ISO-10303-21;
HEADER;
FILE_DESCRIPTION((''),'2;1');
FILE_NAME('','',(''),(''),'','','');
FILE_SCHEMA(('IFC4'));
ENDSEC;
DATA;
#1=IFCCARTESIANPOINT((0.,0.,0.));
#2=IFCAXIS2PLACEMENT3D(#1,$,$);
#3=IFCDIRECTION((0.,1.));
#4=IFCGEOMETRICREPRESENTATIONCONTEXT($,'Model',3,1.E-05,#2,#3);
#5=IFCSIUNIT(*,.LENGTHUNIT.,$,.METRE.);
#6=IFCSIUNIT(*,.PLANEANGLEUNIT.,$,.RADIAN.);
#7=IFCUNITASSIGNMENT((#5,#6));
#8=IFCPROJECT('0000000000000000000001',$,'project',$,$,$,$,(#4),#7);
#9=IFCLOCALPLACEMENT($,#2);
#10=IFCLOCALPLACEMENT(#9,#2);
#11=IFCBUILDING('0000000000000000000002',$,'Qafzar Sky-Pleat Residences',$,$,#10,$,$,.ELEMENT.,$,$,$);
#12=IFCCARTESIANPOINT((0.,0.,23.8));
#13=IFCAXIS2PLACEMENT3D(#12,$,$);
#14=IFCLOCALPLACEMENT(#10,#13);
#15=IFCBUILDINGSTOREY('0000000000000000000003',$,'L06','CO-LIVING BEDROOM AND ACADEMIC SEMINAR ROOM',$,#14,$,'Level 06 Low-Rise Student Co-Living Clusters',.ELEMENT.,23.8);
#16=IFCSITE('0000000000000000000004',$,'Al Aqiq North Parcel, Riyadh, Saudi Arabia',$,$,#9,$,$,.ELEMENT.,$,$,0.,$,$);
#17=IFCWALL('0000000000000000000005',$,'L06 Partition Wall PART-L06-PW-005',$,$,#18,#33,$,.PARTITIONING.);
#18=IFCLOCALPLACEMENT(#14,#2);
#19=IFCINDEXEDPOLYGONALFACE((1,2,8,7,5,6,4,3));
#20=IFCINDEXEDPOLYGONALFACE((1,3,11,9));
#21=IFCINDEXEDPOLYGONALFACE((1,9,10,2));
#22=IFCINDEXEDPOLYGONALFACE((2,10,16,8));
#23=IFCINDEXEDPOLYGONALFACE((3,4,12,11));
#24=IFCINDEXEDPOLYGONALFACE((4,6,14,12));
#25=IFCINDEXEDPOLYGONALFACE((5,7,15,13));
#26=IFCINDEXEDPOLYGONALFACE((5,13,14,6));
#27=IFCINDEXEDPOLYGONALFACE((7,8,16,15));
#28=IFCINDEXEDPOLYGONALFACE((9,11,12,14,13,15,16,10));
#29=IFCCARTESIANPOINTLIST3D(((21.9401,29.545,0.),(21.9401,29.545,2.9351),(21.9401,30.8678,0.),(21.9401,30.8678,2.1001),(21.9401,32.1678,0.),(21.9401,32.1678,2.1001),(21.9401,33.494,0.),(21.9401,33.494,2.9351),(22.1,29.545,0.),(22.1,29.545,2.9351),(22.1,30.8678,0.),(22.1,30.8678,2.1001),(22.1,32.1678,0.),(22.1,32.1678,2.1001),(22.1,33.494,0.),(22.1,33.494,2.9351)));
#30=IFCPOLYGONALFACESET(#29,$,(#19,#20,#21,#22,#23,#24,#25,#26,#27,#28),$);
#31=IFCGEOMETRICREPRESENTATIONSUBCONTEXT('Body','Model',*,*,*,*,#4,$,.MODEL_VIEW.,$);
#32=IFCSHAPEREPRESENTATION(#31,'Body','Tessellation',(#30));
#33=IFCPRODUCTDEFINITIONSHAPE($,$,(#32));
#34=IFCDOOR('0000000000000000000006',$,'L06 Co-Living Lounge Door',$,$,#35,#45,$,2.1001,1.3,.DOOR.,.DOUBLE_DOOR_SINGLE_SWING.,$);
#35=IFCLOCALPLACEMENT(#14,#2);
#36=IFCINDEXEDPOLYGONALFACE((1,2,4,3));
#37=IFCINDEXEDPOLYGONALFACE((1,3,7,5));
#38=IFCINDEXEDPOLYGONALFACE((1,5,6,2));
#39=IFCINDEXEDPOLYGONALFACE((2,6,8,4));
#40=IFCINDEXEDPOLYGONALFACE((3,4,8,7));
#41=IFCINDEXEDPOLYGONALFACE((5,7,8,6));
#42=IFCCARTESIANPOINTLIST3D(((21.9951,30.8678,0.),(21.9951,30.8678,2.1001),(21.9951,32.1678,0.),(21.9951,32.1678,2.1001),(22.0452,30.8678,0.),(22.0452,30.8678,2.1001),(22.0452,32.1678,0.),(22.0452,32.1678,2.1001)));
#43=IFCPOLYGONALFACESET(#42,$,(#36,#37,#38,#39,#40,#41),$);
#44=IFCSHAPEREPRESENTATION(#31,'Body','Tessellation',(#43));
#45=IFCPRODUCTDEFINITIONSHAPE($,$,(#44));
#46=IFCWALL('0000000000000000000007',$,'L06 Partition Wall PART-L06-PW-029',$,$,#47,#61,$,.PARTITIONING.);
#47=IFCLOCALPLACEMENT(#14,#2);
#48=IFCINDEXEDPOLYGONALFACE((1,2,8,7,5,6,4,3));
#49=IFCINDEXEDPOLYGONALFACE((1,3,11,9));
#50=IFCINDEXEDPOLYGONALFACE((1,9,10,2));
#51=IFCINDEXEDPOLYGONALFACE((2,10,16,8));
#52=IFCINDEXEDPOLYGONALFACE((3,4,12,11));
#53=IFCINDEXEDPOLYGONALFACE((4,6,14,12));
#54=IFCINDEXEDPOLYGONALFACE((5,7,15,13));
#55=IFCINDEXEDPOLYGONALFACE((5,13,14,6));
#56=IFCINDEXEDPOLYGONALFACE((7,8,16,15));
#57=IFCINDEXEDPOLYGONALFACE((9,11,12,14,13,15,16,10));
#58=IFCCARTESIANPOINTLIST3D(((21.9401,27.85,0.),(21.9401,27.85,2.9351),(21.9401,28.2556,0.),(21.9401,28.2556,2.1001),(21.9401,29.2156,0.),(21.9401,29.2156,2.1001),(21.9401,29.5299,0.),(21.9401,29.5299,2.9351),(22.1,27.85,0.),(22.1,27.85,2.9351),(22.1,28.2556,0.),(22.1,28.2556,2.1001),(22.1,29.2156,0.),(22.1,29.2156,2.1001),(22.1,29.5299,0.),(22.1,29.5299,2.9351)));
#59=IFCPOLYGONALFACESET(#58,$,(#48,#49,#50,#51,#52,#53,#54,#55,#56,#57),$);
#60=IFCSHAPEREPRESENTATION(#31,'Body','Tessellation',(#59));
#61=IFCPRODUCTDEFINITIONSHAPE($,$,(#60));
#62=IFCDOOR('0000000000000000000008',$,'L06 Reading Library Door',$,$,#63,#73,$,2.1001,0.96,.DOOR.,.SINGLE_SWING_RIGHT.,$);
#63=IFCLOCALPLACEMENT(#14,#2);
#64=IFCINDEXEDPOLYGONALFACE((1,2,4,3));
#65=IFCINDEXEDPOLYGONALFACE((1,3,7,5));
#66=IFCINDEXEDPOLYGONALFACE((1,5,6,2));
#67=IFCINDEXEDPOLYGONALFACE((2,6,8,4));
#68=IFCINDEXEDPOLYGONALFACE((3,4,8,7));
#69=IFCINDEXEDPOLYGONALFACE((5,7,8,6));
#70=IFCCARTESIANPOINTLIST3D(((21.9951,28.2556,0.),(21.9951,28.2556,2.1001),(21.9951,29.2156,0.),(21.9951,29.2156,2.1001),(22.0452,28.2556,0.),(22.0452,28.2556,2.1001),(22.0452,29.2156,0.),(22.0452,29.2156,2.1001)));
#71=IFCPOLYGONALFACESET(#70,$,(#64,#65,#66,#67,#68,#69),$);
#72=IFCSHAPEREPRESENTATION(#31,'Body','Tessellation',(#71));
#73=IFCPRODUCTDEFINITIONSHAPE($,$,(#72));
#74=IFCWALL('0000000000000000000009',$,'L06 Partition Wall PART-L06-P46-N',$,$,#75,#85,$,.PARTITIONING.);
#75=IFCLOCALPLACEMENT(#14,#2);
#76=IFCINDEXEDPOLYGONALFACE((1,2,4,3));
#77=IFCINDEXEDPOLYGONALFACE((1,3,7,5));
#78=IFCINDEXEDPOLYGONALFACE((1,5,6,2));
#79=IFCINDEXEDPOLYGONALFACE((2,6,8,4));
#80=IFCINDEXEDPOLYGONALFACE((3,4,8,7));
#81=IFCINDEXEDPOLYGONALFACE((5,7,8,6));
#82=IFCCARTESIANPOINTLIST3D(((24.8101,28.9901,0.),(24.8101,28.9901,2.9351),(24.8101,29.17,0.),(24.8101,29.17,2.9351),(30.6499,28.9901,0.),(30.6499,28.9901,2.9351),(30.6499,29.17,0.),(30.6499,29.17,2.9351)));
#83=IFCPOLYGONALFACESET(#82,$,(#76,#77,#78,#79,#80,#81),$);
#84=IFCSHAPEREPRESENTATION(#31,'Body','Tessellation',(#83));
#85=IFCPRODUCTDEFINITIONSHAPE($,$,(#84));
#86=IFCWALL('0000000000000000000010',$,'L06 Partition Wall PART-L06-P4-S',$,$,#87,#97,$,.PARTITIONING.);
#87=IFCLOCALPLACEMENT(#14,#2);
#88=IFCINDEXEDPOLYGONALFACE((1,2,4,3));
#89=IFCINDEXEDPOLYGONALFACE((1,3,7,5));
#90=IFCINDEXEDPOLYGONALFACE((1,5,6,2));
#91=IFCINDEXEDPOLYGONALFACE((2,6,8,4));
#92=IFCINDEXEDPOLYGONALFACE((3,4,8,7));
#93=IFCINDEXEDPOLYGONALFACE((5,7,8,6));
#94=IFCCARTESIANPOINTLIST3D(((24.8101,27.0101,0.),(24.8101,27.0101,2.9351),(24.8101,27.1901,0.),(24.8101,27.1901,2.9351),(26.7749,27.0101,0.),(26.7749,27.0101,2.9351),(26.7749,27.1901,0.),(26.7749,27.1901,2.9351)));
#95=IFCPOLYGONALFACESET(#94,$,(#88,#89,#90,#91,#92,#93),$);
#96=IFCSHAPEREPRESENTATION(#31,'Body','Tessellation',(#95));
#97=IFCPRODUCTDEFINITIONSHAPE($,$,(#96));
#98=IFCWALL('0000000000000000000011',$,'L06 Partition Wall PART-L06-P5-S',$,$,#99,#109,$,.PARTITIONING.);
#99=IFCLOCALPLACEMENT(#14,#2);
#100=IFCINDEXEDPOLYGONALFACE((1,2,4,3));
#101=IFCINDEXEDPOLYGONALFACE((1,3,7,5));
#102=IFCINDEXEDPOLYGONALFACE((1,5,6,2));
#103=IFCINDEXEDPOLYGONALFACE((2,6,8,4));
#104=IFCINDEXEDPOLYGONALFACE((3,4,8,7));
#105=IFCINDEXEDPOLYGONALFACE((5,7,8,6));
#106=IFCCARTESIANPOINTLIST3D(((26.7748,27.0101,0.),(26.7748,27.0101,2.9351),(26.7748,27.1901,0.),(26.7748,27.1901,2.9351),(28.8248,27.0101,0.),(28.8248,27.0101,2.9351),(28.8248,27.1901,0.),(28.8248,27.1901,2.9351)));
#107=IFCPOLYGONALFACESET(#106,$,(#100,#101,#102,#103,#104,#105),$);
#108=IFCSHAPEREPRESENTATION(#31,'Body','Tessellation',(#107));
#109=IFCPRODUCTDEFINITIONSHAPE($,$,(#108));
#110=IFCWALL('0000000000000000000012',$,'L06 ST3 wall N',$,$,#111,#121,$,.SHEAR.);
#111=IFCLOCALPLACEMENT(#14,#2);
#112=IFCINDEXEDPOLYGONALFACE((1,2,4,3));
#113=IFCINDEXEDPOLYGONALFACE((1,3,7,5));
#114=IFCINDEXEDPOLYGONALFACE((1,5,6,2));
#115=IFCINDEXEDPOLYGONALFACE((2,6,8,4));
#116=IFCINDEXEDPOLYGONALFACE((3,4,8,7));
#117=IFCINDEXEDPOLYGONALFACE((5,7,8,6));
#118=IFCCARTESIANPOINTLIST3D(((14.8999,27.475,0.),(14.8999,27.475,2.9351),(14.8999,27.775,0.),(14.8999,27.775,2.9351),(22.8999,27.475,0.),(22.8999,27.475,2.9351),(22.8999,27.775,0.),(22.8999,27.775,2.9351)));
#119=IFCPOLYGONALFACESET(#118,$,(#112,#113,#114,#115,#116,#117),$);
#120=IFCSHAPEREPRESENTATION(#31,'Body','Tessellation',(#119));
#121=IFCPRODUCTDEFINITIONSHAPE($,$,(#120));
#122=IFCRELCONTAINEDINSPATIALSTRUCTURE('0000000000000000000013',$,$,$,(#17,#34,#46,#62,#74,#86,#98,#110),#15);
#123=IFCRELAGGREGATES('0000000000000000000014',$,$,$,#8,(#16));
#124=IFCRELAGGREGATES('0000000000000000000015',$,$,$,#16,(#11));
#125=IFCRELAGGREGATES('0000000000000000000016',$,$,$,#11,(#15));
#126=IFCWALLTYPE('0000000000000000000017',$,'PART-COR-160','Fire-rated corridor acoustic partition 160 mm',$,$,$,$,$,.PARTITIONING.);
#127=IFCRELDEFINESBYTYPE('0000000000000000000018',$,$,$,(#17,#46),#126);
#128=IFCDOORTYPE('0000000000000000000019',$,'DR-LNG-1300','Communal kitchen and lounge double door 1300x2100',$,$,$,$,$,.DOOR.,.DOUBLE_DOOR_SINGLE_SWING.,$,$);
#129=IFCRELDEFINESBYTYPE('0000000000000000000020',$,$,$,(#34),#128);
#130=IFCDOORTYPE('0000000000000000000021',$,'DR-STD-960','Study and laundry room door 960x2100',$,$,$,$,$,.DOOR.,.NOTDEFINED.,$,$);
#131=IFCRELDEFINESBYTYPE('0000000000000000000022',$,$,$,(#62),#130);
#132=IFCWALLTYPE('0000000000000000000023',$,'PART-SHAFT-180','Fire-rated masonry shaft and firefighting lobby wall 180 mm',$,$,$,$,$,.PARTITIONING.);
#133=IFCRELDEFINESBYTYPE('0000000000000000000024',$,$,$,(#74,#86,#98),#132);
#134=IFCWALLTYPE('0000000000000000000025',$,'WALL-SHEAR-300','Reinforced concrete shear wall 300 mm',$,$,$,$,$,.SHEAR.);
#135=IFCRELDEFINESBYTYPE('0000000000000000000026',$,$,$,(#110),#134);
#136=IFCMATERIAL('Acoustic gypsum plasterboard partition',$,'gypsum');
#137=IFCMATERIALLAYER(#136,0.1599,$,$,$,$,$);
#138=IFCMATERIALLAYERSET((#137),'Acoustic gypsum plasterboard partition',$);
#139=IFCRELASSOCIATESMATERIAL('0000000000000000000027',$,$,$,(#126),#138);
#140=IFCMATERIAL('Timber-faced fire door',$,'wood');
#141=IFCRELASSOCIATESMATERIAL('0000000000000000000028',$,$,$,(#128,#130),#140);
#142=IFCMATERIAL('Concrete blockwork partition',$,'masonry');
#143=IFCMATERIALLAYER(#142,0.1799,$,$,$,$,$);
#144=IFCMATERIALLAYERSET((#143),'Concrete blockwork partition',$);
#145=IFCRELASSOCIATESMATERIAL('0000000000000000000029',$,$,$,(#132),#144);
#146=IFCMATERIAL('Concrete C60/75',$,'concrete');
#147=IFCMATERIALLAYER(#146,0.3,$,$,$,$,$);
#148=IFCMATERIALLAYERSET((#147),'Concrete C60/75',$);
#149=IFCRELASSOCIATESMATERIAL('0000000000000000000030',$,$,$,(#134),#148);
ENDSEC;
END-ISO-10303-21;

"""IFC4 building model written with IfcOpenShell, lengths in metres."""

from ifc_helpers import new_model, si_unit, direction, frame, frame_2d, origin, place, context, subcontext, project, spatial, rectangle, extrude, source, transform, mapped, material, layer, layer_set, type_object, element, fill, save


model = new_model("IFC4")

# Units and contexts
model_context = context("Model", 3, precision=1e-05, world=origin(), true_north=direction((0.0, 1.0)))
body_context = subcontext(model_context, "Body", "Model", "MODEL_VIEW")
ifc_project = project(units=[si_unit("LENGTHUNIT", "METRE"), si_unit("PLANEANGLEUNIT", "RADIAN")], contexts=[model_context])

# Site, building, storey
site_placement = place(None, origin())
site = spatial("IfcSite", under=ifc_project, at=site_placement, Name="Al Aqiq North Parcel, Riyadh, Saudi Arabia", CompositionType="ELEMENT", RefElevation=0.0)
building_placement = place(site_placement, origin())
building = spatial("IfcBuilding", under=site, at=building_placement, Name="Qafzar Sky-Pleat Residences", CompositionType="ELEMENT")
storey_placement = place(building_placement, frame((0.0, 0.0, 23.8)))
storey = spatial("IfcBuildingStorey", under=building, at=storey_placement, Name="L06", Description="CO-LIVING BEDROOM AND ACADEMIC SEMINAR ROOM", LongName="Level 06 Low-Rise Student Co-Living Clusters", CompositionType="ELEMENT", Elevation=23.8)

# Walls, openings, doors
ifc_material_1 = material(Name="Acoustic gypsum plasterboard partition", Category="gypsum")
ifc_layer_1 = layer(ifc_material_1, 0.1599)
ifc_layer_set_1 = layer_set([ifc_layer_1], Name="Acoustic gypsum plasterboard partition")
wall_type_1 = type_object("IfcWallType", Name="PART-COR-160", Description="Fire-rated corridor acoustic partition 160 mm", PredefinedType="PARTITIONING", material=ifc_layer_set_1)
wall_1_placement = place(storey_placement, frame((22.02, 29.5449, 0.0), z_axis=(0.0, 0.0, 1.0), x_axis=(0.0, 1.0, 0.0)))
wall_1 = element("IfcWall", 1, at=wall_1_placement, inside=storey, type_object=wall_type_1, Name="L06 Partition Wall PART-L06-PW-005", PredefinedType="PARTITIONING", context=body_context, shape_type="SweptSolid", body=[
    extrude(rectangle(XDim=3.949, YDim=0.1599, at=frame_2d((1.9746, 0.0))), origin(), (0.0, 0.0, 1.0), 2.9351),
])
opening_1_placement = place(wall_1_placement, frame((1.323, 0.0, 0.0)))
opening_1 = element("IfcOpeningElement", 2, at=opening_1_placement, cuts=wall_1, PredefinedType="OPENING", context=body_context, shape_type="SweptSolid", body=[
    extrude(rectangle(XDim=1.3, YDim=2.1001, at=frame_2d((0.6499, 1.05))), frame((0.0, 0.0898, 0.0), z_axis=(0.0, -1.0, 0.0), x_axis=(1.0, 0.0, 0.0)), (0.0, 0.0, 1.0), 0.1799),
])
ifc_material_2 = material(Name="Timber-faced fire door", Category="wood")
door_type_1 = type_object("IfcDoorType", Name="DR-LNG-1300", Description="Communal kitchen and lounge double door 1300x2100", OperationType="DOUBLE_DOOR_SINGLE_SWING", PredefinedType="DOOR", material=ifc_material_2)
shared_shape_1 = source(origin(), body_context, "Body", "SweptSolid", [
    extrude(rectangle(XDim=1.3, YDim=2.1001, at=frame_2d((0.6499, 1.05))), frame((0.0, 0.0249, 0.0), z_axis=(0.0, -1.0, 0.0), x_axis=(1.0, 0.0, 0.0)), (0.0, 0.0, 1.0), 0.05),
])
door_1_placement = place(opening_1_placement, origin())
door_1 = element("IfcDoor", 3, at=door_1_placement, inside=storey, type_object=door_type_1, Name="L06 Co-Living Lounge Door", OperationType="DOUBLE_DOOR_SINGLE_SWING", OverallHeight=2.1001, OverallWidth=1.3, PredefinedType="DOOR", context=body_context, shape_type="MappedRepresentation", body=[
    mapped(shared_shape_1, transform((0.0, 0.0, 0.0), x_axis=(1.0, 0.0, 0.0), y_axis=(0.0, 1.0, 0.0), z_axis=(0.0, 0.0, 1.0), scale=1.0)),
])
fill(opening_1, door_1)
wall_2_placement = place(storey_placement, frame((22.02, 27.8501, 0.0), z_axis=(0.0, 0.0, 1.0), x_axis=(0.0, 1.0, 0.0)))
wall_2 = element("IfcWall", 4, at=wall_2_placement, inside=storey, type_object=wall_type_1, Name="L06 Partition Wall PART-L06-PW-029", PredefinedType="PARTITIONING", context=body_context, shape_type="SweptSolid", body=[
    extrude(rectangle(XDim=1.6799, YDim=0.1599, at=frame_2d((0.8398, 0.0))), origin(), (0.0, 0.0, 1.0), 2.9351),
])
opening_2_placement = place(wall_2_placement, frame((0.4055, 0.0, 0.0)))
opening_2 = element("IfcOpeningElement", 5, at=opening_2_placement, cuts=wall_2, PredefinedType="OPENING", context=body_context, shape_type="SweptSolid", body=[
    extrude(rectangle(XDim=0.96, YDim=2.1001, at=frame_2d((0.48, 1.05))), frame((0.0, 0.0898, 0.0), z_axis=(0.0, -1.0, 0.0), x_axis=(1.0, 0.0, 0.0)), (0.0, 0.0, 1.0), 0.1799),
])
door_type_2 = type_object("IfcDoorType", Name="DR-STD-960", Description="Study and laundry room door 960x2100", OperationType="NOTDEFINED", PredefinedType="DOOR", material=ifc_material_2)
shared_shape_2 = source(origin(), body_context, "Body", "SweptSolid", [
    extrude(rectangle(XDim=0.96, YDim=2.1001, at=frame_2d((0.48, 1.05))), frame((0.0, 0.0249, 0.0), z_axis=(0.0, -1.0, 0.0), x_axis=(1.0, 0.0, 0.0)), (0.0, 0.0, 1.0), 0.05),
])
door_2_placement = place(opening_2_placement, origin())
door_2 = element("IfcDoor", 6, at=door_2_placement, inside=storey, type_object=door_type_2, Name="L06 Reading Library Door", OperationType="SINGLE_SWING_RIGHT", OverallHeight=2.1001, OverallWidth=0.96, PredefinedType="DOOR", context=body_context, shape_type="MappedRepresentation", body=[
    mapped(shared_shape_2, transform((0.0, 0.0, 0.0), x_axis=(1.0, 0.0, 0.0), y_axis=(0.0, 1.0, 0.0), z_axis=(0.0, 0.0, 1.0), scale=1.0)),
])
fill(opening_2, door_2)
ifc_material_3 = material(Name="Concrete blockwork partition", Category="masonry")
ifc_layer_2 = layer(ifc_material_3, 0.1799)
ifc_layer_set_2 = layer_set([ifc_layer_2], Name="Concrete blockwork partition")
wall_type_2 = type_object("IfcWallType", Name="PART-SHAFT-180", Description="Fire-rated masonry shaft and firefighting lobby wall 180 mm", PredefinedType="PARTITIONING", material=ifc_layer_set_2)

# Walls
wall_3_placement = place(storey_placement, frame((24.8101, 29.0801, 0.0), z_axis=(0.0, 0.0, 1.0), x_axis=(1.0, 0.0, 0.0)))
element("IfcWall", 7, at=wall_3_placement, inside=storey, type_object=wall_type_2, Name="L06 Partition Wall PART-L06-P46-N", PredefinedType="PARTITIONING", context=body_context, shape_type="SweptSolid", body=[
    extrude(rectangle(XDim=5.8398, YDim=0.1799, at=frame_2d((2.9199, 0.0))), origin(), (0.0, 0.0, 1.0), 2.9351),
])
wall_4_placement = place(storey_placement, frame((24.8101, 27.1001, 0.0), z_axis=(0.0, 0.0, 1.0), x_axis=(1.0, 0.0, 0.0)))
element("IfcWall", 8, at=wall_4_placement, inside=storey, type_object=wall_type_2, Name="L06 Partition Wall PART-L06-P4-S", PredefinedType="PARTITIONING", context=body_context, shape_type="SweptSolid", body=[
    extrude(rectangle(XDim=1.9648, YDim=0.1799, at=frame_2d((0.9824, 0.0))), origin(), (0.0, 0.0, 1.0), 2.9351),
])
wall_5_placement = place(storey_placement, frame((26.7749, 27.1001, 0.0), z_axis=(0.0, 0.0, 1.0), x_axis=(1.0, 0.0, 0.0)))
element("IfcWall", 9, at=wall_5_placement, inside=storey, type_object=wall_type_2, Name="L06 Partition Wall PART-L06-P5-S", PredefinedType="PARTITIONING", context=body_context, shape_type="SweptSolid", body=[
    extrude(rectangle(XDim=2.05, YDim=0.1799, at=frame_2d((1.0249, 0.0))), origin(), (0.0, 0.0, 1.0), 2.9351),
])

# Shared definitions
ifc_material_4 = material(Name="Concrete C60/75", Category="concrete")
ifc_layer_3 = layer(ifc_material_4, 0.3)
ifc_layer_set_3 = layer_set([ifc_layer_3], Name="Concrete C60/75")
wall_type_3 = type_object("IfcWallType", Name="WALL-SHEAR-300", Description="Reinforced concrete shear wall 300 mm", PredefinedType="SHEAR", material=ifc_layer_set_3)

# Wall
wall_6_placement = place(storey_placement, frame((22.8999, 27.625, 0.0), z_axis=(0.0, 0.0, 1.0), x_axis=(-1.0, 0.0, 0.0)))
element("IfcWall", 10, at=wall_6_placement, inside=storey, type_object=wall_type_3, Name="L06 ST3 wall N", PredefinedType="SHEAR", context=body_context, shape_type="SweptSolid", body=[
    extrude(rectangle(XDim=8.0, YDim=0.3, at=frame_2d((4.0, 0.0))), origin(), (0.0, 0.0, 1.0), 2.9351),
])

save(model, "model.ifc")
